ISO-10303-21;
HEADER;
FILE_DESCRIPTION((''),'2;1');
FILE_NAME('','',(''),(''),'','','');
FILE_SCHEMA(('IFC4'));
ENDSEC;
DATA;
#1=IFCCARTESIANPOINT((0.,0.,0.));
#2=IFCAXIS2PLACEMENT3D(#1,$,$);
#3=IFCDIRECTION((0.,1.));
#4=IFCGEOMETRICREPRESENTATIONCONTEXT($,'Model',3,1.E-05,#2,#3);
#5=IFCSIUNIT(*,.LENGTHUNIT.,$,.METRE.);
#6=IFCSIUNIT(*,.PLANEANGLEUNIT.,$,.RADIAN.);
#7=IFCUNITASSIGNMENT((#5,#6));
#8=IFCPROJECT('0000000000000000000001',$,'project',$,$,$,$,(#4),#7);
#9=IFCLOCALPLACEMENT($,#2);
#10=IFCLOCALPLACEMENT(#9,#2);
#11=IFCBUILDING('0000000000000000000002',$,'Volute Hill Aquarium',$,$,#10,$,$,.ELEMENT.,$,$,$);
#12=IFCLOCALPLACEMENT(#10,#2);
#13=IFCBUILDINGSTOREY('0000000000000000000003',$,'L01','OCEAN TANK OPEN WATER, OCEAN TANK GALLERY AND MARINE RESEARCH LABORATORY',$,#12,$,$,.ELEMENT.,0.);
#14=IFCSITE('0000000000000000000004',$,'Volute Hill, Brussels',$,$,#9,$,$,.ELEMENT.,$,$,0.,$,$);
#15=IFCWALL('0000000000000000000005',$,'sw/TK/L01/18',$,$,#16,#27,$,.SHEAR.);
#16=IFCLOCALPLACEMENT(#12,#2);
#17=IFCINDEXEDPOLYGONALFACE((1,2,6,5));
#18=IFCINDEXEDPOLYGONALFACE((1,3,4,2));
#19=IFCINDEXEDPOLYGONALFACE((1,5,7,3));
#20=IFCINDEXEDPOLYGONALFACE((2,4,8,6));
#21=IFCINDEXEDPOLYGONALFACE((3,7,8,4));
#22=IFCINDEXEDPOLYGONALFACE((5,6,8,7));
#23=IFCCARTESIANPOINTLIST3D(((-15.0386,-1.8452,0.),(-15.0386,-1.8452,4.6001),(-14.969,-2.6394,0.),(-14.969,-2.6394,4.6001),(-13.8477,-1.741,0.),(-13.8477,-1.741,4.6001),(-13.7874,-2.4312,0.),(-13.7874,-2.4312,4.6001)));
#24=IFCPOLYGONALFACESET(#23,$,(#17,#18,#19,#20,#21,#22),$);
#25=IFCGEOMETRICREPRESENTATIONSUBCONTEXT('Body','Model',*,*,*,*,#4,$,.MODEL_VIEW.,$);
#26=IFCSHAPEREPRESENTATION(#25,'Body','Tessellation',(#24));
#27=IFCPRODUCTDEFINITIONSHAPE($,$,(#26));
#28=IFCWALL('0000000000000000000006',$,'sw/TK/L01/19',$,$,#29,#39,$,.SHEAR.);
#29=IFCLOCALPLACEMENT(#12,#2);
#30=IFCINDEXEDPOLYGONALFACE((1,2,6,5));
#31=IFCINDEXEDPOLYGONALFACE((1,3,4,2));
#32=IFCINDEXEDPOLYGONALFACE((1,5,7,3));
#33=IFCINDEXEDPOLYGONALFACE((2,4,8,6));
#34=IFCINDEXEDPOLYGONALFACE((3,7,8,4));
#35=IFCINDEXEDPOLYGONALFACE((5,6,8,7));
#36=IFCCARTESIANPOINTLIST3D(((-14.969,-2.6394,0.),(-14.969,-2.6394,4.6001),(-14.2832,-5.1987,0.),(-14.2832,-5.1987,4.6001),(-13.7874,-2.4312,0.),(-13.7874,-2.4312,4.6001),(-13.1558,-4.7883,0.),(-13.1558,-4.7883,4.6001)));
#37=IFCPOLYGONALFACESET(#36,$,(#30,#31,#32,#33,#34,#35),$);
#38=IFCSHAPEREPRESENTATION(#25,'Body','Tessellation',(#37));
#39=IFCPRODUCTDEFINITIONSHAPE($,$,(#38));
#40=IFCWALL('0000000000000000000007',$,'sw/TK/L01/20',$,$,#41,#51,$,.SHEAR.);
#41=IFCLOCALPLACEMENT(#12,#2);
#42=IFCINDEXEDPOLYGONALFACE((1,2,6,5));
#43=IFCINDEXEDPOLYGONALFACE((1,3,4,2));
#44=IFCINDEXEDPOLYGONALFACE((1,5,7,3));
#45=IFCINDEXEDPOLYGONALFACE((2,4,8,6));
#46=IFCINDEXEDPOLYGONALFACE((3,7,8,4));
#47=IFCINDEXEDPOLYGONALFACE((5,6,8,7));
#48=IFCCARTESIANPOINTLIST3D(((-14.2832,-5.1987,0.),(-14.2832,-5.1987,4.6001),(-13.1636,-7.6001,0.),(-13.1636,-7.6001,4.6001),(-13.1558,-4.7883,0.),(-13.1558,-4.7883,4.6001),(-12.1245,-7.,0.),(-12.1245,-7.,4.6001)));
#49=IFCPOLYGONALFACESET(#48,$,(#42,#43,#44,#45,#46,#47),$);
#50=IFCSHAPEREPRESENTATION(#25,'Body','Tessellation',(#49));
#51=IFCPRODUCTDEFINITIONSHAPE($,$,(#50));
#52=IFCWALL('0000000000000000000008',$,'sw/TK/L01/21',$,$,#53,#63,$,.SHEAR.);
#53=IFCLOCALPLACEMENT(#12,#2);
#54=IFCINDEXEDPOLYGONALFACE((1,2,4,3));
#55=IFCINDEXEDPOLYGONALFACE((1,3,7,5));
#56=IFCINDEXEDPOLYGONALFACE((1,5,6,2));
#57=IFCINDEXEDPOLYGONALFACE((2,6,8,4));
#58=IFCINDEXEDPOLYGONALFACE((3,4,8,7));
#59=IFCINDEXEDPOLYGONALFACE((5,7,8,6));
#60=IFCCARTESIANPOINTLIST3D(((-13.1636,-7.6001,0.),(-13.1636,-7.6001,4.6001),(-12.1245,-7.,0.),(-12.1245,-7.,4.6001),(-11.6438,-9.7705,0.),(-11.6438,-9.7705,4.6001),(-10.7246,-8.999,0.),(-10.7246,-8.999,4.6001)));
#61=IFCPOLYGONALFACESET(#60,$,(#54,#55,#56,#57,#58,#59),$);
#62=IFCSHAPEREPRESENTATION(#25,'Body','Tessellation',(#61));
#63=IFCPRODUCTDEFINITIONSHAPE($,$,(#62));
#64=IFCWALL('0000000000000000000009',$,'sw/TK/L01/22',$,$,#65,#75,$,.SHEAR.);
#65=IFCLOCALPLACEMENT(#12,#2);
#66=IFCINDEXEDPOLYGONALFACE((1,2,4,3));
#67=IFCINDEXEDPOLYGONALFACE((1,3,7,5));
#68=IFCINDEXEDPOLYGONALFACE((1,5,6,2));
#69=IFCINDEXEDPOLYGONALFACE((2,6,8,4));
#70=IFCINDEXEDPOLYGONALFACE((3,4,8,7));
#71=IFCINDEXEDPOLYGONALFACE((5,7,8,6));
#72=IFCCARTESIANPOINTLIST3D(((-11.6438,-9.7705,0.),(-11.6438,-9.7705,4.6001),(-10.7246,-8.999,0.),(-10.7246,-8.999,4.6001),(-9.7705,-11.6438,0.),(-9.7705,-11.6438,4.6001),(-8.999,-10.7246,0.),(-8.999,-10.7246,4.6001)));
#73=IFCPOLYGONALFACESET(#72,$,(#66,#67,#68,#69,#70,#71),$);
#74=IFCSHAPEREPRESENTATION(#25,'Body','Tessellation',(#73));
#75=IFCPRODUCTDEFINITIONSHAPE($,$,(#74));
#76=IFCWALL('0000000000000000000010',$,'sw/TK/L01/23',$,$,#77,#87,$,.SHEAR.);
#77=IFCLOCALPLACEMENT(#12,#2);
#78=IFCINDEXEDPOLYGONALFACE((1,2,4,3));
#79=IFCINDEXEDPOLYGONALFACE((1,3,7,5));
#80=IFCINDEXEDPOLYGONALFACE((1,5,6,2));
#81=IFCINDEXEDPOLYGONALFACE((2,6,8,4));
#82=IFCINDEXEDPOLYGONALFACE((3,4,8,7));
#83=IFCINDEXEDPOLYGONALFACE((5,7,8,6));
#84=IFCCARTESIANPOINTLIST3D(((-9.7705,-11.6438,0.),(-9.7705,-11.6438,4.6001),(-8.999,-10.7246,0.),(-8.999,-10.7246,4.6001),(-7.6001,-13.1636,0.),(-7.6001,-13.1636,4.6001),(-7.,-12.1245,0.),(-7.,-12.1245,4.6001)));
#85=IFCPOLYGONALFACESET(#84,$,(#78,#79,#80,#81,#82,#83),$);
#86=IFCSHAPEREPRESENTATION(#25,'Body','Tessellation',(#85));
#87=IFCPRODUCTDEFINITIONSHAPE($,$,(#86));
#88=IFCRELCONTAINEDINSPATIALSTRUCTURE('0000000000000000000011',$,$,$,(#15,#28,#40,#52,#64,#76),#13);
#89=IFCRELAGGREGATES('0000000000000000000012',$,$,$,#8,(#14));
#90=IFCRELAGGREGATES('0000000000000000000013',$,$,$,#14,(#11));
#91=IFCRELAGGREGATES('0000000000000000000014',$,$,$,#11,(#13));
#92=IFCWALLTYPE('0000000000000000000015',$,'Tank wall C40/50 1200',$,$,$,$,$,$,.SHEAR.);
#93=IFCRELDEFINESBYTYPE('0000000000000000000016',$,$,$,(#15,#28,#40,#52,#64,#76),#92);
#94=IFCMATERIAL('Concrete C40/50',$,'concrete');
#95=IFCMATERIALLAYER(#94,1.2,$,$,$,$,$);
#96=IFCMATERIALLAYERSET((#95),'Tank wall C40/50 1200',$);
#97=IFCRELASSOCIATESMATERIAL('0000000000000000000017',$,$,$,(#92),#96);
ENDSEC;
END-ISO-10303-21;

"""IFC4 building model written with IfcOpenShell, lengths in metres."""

from ifc_helpers import new_model, si_unit, direction, origin, place, context, subcontext, project, spatial, polyline, outline, extrude, material, layer, layer_set, type_object, element, save


model = new_model("IFC4")

# Units and contexts
model_context = context("Model", 3, precision=1e-05, world=origin(), true_north=direction((0.0, 1.0)))
body_context = subcontext(model_context, "Body", "Model", "MODEL_VIEW")
ifc_project = project(units=[si_unit("LENGTHUNIT", "METRE"), si_unit("PLANEANGLEUNIT", "RADIAN")], contexts=[model_context])

# Site, building, storey
site_placement = place(None, origin())
site = spatial("IfcSite", under=ifc_project, at=site_placement, Name="Volute Hill, Brussels", CompositionType="ELEMENT", RefElevation=0.0)
building_placement = place(site_placement, origin())
building = spatial("IfcBuilding", under=site, at=building_placement, Name="Volute Hill Aquarium", CompositionType="ELEMENT")
storey_placement = place(building_placement, origin())
storey = spatial("IfcBuildingStorey", under=building, at=storey_placement, Name="L01", Description="OCEAN TANK OPEN WATER, OCEAN TANK GALLERY AND MARINE RESEARCH LABORATORY", CompositionType="ELEMENT", Elevation=0.0)

# Walls
ifc_material = material(Name="Concrete C40/50", Category="concrete")
ifc_layer = layer(ifc_material, 1.2)
ifc_layer_set = layer_set([ifc_layer], Name="Tank wall C40/50 1200")
wall_type = type_object("IfcWallType", Name="Tank wall C40/50 1200", PredefinedType="SHEAR", material=ifc_layer_set)
wall_1_placement = place(storey_placement, origin())
element("IfcWall", 1, at=wall_1_placement, inside=storey, type_object=wall_type, Name="sw/TK/L01/18", PredefinedType="SHEAR", context=body_context, shape_type="SweptSolid", body=[
    extrude(outline(polyline([(-13.7874, -2.4312), (-13.8477, -1.741), (-15.0386, -1.8452), (-14.969, -2.6394), (-13.7874, -2.4312)])), origin(), (0.0, 0.0, 1.0), 4.6001),
])
wall_2_placement = place(storey_placement, origin())
element("IfcWall", 2, at=wall_2_placement, inside=storey, type_object=wall_type, Name="sw/TK/L01/19", PredefinedType="SHEAR", context=body_context, shape_type="SweptSolid", body=[
    extrude(outline(polyline([(-13.7874, -2.4312), (-14.969, -2.6394), (-14.2832, -5.1987), (-13.1558, -4.7883), (-13.7874, -2.4312)])), origin(), (0.0, 0.0, 1.0), 4.6001),
])
wall_3_placement = place(storey_placement, origin())
element("IfcWall", 3, at=wall_3_placement, inside=storey, type_object=wall_type, Name="sw/TK/L01/20", PredefinedType="SHEAR", context=body_context, shape_type="SweptSolid", body=[
    extrude(outline(polyline([(-13.1558, -4.7883), (-14.2832, -5.1987), (-13.1636, -7.6001), (-12.1245, -7.0), (-13.1558, -4.7883)])), origin(), (0.0, 0.0, 1.0), 4.6001),
])
wall_4_placement = place(storey_placement, origin())
element("IfcWall", 4, at=wall_4_placement, inside=storey, type_object=wall_type, Name="sw/TK/L01/21", PredefinedType="SHEAR", context=body_context, shape_type="SweptSolid", body=[
    extrude(outline(polyline([(-12.1245, -7.0), (-13.1636, -7.6001), (-11.6438, -9.7705), (-10.7246, -8.999), (-12.1245, -7.0)])), origin(), (0.0, 0.0, 1.0), 4.6001),
])
wall_5_placement = place(storey_placement, origin())
element("IfcWall", 5, at=wall_5_placement, inside=storey, type_object=wall_type, Name="sw/TK/L01/22", PredefinedType="SHEAR", context=body_context, shape_type="SweptSolid", body=[
    extrude(outline(polyline([(-10.7246, -8.999), (-11.6438, -9.7705), (-9.7705, -11.6438), (-8.999, -10.7246), (-10.7246, -8.999)])), origin(), (0.0, 0.0, 1.0), 4.6001),
])
wall_6_placement = place(storey_placement, origin())
element("IfcWall", 6, at=wall_6_placement, inside=storey, type_object=wall_type, Name="sw/TK/L01/23", PredefinedType="SHEAR", context=body_context, shape_type="SweptSolid", body=[
    extrude(outline(polyline([(-8.999, -10.7246), (-9.7705, -11.6438), (-7.6001, -13.1636), (-7.0, -12.1245), (-8.999, -10.7246)])), origin(), (0.0, 0.0, 1.0), 4.6001),
])

save(model, "model.ifc")
